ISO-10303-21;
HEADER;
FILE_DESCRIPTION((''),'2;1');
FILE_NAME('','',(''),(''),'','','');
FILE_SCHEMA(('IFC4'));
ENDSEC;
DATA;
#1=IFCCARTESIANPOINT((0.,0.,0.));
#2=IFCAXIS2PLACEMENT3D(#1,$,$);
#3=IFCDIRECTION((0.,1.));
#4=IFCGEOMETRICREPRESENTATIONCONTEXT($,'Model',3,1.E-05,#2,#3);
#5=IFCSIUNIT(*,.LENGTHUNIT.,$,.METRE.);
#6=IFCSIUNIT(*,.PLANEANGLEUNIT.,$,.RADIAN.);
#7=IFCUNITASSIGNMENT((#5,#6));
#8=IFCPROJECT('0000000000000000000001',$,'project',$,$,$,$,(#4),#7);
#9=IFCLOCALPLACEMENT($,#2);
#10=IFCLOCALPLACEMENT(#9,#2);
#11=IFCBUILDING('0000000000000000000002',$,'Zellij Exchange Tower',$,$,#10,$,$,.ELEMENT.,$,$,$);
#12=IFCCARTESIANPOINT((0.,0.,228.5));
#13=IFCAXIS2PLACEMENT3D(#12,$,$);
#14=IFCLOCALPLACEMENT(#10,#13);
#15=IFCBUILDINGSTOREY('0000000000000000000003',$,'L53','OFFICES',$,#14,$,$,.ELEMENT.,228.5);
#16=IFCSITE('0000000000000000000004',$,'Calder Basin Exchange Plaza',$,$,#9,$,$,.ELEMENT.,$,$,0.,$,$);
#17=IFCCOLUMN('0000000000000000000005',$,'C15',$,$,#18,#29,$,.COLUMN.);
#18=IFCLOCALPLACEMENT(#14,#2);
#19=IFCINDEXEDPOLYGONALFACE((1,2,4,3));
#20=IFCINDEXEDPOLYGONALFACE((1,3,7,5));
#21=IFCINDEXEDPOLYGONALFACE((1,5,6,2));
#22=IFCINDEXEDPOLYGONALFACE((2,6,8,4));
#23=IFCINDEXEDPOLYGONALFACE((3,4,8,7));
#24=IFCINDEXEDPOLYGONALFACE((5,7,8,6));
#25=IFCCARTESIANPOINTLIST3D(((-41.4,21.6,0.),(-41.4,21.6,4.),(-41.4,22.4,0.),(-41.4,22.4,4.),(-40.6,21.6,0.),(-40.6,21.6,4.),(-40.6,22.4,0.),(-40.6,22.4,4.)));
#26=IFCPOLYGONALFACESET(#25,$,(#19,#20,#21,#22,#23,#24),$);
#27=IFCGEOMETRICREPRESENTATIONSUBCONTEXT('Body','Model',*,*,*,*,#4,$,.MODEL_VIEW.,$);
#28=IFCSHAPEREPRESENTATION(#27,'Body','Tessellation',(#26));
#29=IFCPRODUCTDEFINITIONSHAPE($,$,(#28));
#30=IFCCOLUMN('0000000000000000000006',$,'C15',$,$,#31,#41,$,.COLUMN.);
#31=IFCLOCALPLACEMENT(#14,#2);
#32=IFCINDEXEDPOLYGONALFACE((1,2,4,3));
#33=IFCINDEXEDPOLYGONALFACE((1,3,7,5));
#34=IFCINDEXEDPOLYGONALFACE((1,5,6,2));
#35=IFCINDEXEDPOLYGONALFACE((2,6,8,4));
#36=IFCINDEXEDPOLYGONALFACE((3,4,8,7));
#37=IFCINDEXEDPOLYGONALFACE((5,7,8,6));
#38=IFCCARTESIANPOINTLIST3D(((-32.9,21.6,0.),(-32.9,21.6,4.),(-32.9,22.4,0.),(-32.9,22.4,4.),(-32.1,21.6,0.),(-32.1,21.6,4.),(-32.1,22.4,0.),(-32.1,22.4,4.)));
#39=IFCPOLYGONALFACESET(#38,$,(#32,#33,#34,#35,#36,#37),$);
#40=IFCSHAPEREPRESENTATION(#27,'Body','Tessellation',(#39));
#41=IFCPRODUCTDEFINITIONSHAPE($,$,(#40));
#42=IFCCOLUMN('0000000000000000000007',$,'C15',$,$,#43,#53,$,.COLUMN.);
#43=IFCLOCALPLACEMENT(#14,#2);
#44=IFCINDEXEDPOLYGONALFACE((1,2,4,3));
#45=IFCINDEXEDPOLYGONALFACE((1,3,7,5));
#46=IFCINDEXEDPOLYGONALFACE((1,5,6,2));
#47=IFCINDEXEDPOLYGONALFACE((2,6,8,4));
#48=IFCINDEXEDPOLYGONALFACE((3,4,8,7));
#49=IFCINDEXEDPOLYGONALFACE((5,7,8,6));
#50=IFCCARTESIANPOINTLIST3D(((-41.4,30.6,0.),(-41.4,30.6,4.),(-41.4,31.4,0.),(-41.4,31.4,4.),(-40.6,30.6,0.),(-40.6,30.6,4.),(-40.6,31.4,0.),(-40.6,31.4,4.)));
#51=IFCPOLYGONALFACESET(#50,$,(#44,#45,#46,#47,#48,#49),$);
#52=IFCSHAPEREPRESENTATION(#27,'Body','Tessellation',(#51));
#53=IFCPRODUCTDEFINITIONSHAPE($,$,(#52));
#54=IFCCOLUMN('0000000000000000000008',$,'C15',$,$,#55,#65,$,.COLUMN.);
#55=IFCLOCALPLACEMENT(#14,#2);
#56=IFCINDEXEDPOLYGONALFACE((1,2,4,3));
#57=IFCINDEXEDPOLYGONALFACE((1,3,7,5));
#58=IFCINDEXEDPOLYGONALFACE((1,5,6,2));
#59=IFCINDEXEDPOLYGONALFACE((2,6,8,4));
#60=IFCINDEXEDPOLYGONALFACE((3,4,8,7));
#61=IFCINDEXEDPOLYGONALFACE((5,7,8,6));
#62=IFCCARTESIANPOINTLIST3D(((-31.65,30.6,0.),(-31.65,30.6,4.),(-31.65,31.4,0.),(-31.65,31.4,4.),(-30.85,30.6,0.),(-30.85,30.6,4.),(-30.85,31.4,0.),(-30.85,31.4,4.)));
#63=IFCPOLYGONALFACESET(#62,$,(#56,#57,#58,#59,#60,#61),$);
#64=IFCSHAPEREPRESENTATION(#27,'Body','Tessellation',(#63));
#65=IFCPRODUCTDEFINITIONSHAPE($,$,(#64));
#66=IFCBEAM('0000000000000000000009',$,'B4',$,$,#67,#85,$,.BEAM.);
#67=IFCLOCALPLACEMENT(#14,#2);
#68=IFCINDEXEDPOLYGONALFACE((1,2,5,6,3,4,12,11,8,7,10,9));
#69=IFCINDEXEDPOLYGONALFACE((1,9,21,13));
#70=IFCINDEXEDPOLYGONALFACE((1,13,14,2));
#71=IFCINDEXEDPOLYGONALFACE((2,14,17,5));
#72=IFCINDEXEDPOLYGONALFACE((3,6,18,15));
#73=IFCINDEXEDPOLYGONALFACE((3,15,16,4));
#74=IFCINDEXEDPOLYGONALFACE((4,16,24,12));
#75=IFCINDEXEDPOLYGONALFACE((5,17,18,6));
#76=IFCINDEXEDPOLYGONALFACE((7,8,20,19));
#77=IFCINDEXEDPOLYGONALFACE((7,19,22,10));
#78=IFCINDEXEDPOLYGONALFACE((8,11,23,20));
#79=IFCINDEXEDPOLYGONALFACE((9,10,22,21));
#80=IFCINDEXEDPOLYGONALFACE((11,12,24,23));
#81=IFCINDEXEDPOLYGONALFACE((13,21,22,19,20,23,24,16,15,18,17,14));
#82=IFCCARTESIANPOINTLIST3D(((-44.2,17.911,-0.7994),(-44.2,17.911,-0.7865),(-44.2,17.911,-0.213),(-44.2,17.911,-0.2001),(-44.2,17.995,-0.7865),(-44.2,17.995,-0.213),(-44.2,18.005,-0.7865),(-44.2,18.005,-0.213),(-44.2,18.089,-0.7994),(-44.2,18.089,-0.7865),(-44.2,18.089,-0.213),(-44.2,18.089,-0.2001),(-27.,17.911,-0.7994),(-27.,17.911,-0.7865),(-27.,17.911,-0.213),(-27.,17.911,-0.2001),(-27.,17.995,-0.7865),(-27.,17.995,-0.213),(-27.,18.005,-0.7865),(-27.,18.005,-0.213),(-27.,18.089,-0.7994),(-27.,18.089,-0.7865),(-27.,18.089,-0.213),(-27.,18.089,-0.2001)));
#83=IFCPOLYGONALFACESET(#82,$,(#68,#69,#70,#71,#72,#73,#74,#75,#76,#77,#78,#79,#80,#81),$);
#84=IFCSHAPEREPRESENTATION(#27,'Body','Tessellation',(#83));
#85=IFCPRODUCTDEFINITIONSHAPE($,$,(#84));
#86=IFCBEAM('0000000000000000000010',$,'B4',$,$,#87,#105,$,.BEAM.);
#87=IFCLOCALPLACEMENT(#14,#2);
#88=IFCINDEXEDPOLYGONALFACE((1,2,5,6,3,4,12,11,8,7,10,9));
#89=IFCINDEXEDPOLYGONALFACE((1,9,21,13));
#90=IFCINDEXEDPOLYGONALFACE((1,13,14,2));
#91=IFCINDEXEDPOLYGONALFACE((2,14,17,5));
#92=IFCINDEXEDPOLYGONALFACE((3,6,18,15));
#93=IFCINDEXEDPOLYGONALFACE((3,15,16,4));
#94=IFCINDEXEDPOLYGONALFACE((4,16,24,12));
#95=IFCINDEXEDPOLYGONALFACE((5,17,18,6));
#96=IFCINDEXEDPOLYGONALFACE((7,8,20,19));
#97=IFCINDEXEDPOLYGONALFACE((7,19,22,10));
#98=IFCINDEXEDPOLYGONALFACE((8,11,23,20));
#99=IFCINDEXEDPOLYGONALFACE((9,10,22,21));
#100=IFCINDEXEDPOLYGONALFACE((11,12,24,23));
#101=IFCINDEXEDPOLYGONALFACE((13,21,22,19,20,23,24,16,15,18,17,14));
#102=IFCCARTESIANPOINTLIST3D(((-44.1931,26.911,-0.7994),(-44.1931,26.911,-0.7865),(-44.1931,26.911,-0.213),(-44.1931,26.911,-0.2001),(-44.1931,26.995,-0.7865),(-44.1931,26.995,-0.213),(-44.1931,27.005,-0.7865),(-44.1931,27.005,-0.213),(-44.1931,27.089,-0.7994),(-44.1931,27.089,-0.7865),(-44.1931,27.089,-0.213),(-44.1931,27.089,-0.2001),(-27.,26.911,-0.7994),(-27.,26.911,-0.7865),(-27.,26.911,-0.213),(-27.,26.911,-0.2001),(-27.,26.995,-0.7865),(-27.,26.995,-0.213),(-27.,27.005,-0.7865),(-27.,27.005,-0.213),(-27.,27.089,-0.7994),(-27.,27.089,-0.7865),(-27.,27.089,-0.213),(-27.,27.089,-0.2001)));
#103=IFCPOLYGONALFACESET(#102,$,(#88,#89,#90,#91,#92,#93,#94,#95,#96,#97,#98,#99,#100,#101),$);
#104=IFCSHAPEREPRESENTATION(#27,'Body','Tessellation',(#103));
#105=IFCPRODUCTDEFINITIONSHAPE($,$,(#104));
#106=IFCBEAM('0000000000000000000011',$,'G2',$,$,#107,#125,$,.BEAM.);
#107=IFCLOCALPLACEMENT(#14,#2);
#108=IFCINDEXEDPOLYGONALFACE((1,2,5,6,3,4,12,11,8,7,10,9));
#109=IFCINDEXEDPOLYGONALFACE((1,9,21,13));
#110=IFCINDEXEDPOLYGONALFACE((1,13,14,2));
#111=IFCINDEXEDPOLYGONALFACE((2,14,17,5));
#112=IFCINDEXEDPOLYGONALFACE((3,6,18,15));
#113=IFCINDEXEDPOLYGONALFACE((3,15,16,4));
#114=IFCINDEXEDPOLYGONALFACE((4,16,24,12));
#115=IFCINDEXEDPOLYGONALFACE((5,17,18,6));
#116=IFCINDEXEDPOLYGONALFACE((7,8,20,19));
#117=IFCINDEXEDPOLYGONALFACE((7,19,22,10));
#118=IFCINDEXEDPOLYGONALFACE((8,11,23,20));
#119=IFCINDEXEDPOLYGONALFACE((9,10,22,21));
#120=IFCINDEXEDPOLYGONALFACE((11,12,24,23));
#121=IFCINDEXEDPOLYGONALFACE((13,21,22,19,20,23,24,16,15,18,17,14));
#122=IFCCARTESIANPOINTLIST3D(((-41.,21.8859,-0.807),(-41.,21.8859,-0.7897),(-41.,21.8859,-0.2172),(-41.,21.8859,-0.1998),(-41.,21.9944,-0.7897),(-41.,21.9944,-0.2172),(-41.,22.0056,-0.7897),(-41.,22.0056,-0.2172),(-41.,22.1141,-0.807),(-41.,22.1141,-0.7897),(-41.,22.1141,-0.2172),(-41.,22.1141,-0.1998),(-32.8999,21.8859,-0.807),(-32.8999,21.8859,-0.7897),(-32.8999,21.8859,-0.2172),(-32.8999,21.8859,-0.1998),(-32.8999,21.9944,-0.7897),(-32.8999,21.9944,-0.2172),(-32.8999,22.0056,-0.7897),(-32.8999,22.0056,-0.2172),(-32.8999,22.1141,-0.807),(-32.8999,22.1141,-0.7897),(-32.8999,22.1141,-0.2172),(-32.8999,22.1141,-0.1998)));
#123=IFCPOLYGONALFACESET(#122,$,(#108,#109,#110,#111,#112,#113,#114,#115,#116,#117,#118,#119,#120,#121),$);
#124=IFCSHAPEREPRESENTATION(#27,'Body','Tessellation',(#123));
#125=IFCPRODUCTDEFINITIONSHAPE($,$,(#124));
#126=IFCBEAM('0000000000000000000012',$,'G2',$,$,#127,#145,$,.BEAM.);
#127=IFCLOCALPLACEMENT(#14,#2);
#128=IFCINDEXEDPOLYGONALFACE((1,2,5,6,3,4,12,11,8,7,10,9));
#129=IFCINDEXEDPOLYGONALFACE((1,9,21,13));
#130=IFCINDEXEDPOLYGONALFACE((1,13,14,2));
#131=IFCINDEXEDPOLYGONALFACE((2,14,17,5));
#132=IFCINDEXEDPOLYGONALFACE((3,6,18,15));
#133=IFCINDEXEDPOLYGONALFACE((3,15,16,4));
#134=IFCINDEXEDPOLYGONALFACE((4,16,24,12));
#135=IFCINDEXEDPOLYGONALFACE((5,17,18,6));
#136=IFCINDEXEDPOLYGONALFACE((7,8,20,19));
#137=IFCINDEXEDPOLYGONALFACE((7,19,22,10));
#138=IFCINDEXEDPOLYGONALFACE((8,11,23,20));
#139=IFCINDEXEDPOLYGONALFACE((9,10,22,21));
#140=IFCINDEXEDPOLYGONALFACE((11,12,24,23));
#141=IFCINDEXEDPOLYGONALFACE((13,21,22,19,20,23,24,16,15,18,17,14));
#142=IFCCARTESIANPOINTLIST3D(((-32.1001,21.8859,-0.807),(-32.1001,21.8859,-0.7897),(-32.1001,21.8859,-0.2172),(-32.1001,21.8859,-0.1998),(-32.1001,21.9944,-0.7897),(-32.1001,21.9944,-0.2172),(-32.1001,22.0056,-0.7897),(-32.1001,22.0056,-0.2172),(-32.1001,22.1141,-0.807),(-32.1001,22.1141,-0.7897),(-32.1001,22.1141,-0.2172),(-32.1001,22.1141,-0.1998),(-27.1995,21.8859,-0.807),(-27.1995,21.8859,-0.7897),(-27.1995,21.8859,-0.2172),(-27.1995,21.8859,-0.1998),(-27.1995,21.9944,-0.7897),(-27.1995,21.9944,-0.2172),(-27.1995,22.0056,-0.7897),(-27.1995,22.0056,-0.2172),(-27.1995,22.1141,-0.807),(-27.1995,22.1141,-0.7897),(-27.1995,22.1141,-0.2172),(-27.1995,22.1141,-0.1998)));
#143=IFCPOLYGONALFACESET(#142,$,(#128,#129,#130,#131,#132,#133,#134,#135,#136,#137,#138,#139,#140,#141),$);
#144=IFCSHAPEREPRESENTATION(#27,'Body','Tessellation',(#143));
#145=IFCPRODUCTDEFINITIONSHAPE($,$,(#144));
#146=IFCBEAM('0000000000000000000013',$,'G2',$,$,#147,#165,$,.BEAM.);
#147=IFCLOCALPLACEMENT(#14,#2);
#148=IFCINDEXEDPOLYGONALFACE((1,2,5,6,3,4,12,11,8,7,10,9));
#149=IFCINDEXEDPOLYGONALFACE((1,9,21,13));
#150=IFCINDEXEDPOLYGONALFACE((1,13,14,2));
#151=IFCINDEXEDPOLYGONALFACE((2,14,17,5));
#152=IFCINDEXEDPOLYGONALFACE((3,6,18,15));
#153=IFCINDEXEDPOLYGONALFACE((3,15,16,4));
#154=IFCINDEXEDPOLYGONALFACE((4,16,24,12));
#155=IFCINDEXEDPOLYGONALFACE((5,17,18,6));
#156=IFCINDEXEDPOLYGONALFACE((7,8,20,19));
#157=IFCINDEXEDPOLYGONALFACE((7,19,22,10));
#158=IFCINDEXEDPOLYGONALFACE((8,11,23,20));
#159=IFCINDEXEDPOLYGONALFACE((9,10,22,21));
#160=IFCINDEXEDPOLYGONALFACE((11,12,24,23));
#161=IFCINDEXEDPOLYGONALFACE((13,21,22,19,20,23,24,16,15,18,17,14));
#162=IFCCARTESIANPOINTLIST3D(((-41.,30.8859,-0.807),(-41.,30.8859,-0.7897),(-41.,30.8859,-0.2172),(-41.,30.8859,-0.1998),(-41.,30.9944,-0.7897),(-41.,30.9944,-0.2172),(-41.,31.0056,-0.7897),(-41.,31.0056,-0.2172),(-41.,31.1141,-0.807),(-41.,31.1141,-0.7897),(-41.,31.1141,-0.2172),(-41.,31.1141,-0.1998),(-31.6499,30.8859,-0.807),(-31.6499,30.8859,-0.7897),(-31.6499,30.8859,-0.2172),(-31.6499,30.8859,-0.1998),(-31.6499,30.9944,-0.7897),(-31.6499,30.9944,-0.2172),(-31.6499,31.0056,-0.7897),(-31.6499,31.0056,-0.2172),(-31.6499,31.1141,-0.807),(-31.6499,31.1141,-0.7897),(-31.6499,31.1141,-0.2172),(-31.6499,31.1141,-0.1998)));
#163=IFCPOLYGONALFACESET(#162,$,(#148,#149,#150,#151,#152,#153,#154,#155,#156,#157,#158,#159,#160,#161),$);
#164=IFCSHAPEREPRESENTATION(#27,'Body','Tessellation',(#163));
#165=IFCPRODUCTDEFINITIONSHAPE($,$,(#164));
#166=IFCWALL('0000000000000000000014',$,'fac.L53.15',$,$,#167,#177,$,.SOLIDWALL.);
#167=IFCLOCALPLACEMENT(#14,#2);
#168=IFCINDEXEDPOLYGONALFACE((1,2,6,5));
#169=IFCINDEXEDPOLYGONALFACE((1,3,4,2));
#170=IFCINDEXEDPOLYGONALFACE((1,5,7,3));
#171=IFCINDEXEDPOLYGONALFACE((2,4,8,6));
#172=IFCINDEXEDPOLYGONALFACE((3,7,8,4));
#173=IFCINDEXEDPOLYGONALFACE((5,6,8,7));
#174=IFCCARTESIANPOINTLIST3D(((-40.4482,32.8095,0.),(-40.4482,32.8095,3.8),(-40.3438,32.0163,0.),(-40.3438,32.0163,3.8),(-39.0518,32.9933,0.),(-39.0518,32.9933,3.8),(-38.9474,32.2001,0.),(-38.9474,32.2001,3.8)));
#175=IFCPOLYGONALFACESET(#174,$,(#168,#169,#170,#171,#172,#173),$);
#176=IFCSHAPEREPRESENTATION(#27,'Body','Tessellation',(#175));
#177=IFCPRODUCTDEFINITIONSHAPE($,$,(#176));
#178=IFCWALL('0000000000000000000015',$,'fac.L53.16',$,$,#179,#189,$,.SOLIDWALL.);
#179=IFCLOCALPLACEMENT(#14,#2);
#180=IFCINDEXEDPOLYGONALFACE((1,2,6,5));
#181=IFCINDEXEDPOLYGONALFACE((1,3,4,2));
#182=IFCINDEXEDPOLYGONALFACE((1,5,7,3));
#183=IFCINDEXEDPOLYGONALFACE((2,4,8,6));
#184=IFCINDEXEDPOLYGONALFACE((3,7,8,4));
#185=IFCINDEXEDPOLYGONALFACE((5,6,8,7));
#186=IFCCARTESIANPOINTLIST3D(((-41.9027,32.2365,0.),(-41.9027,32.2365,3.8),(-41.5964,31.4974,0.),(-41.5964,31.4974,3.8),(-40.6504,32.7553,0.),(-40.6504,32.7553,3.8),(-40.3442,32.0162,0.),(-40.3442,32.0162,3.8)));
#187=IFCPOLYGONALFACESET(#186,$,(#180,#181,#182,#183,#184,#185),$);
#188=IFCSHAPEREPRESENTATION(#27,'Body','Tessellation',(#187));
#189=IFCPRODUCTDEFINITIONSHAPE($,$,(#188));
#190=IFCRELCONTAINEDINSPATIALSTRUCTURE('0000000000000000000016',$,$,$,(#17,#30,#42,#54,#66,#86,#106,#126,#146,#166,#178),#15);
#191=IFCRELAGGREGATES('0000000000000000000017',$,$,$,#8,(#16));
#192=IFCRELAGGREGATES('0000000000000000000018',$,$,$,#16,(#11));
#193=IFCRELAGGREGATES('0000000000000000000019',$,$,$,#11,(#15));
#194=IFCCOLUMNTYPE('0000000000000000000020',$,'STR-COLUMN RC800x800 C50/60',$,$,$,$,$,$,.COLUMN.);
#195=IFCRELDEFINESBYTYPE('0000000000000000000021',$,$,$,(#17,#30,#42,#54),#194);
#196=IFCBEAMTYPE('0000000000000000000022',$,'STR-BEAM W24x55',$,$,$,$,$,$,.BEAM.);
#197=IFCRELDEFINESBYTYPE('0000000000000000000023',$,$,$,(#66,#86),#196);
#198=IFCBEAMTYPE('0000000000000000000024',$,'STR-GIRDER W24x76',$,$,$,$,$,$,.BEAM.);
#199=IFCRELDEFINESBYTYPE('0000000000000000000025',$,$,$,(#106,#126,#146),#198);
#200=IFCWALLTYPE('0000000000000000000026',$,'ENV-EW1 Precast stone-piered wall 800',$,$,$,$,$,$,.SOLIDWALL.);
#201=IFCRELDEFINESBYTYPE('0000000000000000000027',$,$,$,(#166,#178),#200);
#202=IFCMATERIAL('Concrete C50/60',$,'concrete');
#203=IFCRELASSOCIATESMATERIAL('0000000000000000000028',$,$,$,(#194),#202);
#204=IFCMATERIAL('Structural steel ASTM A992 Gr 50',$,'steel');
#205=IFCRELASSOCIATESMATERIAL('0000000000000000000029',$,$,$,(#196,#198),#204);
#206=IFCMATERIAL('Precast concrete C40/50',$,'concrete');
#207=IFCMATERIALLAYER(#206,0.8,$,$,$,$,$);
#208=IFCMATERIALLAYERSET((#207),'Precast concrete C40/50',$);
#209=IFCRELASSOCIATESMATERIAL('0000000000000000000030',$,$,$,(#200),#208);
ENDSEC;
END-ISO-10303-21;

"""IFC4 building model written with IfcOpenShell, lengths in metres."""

from ifc_helpers import new_model, si_unit, direction, frame, frame_2d, origin, origin_2d, place, context, subcontext, project, spatial, rectangle, i_section, extrude, material, layer, layer_set, material_profile, profile_set, type_object, element, save


model = new_model("IFC4")

# Units and contexts
model_context = context("Model", 3, precision=1e-05, world=origin(), true_north=direction((0.0, 1.0)))
body_context = subcontext(model_context, "Body", "Model", "MODEL_VIEW")
ifc_project = project(units=[si_unit("LENGTHUNIT", "METRE"), si_unit("PLANEANGLEUNIT", "RADIAN")], contexts=[model_context])

# Site, building, storey
site_placement = place(None, origin())
site = spatial("IfcSite", under=ifc_project, at=site_placement, Name="Calder Basin Exchange Plaza", CompositionType="ELEMENT", RefElevation=0.0)
building_placement = place(site_placement, origin())
building = spatial("IfcBuilding", under=site, at=building_placement, Name="Zellij Exchange Tower", CompositionType="ELEMENT")
storey_placement = place(building_placement, frame((0.0, 0.0, 228.5)))
storey = spatial("IfcBuildingStorey", under=building, at=storey_placement, Name="L53", Description="OFFICES", CompositionType="ELEMENT", Elevation=228.5)

# Columns
ifc_material_1 = material(Name="Concrete C50/60", Category="concrete")
ifc_material_profile_1 = material_profile(ifc_material_1, rectangle(XDim=0.8, YDim=0.8, at=origin_2d()), Name="STR-COLUMN RC800x800 C50/60")
ifc_profile_set_1 = profile_set([ifc_material_profile_1], Name="Concrete C50/60")
column_type = type_object("IfcColumnType", Name="STR-COLUMN RC800x800 C50/60", PredefinedType="COLUMN", material=ifc_profile_set_1)
for number, where, z_axis, x_axis, name in (
    (1, (-41.0, 22.0, 0.0), (0.0, 0.0, 1.0), (1.0, 0.0, 0.0), "C15"),
    (2, (-32.5, 22.0, 0.0), (0.0, 0.0, 1.0), (1.0, 0.0, 0.0), "C15"),
    (3, (-41.0, 31.0, 0.0), (0.0, 0.0, 1.0), (1.0, 0.0, 0.0), "C15"),
    (4, (-31.25, 31.0, 0.0), (0.0, 0.0, 1.0), (1.0, 0.0, 0.0), "C15"),
):
    element("IfcColumn", number, at=place(storey_placement, frame(where, z_axis=z_axis, x_axis=x_axis)), inside=storey, type_object=column_type, Name=name, PredefinedType="COLUMN", context=body_context, shape_type="SweptSolid", body=[
        extrude(rectangle(XDim=0.8, YDim=0.8, at=origin_2d()), origin(), (0.0, 0.0, 1.0), 4.0),
    ])

# Beams
ifc_material_2 = material(Name="Structural steel ASTM A992 Gr 50", Category="steel")
ifc_material_profile_2 = material_profile(ifc_material_2, i_section(OverallWidth=0.178, OverallDepth=0.5994, WebThickness=0.01, FlangeThickness=0.0129, at=origin_2d()), Name="W24x55")
ifc_profile_set_2 = profile_set([ifc_material_profile_2], Name="Structural steel ASTM A992 Gr 50")
beam_type_1 = type_object("IfcBeamType", Name="STR-BEAM W24x55", PredefinedType="BEAM", material=ifc_profile_set_2)
beam_1_placement = place(storey_placement, frame((-44.2, 18.0, -0.4998), z_axis=(1.0, 0.0, 0.0), x_axis=(0.0, 1.0, 0.0)))
element("IfcBeam", 5, at=beam_1_placement, inside=storey, type_object=beam_type_1, Name="B4", PredefinedType="BEAM", context=body_context, shape_type="SweptSolid", body=[
    extrude(i_section(OverallWidth=0.178, OverallDepth=0.5994, WebThickness=0.01, FlangeThickness=0.0129, at=origin_2d()), origin(), (0.0, 0.0, 1.0), 17.2),
])
beam_2_placement = place(storey_placement, frame((-44.1931, 27.0, -0.4998), z_axis=(1.0, 0.0, 0.0), x_axis=(0.0, 1.0, 0.0)))
element("IfcBeam", 6, at=beam_2_placement, inside=storey, type_object=beam_type_1, Name="B4", PredefinedType="BEAM", context=body_context, shape_type="SweptSolid", body=[
    extrude(i_section(OverallWidth=0.178, OverallDepth=0.5994, WebThickness=0.01, FlangeThickness=0.0129, at=origin_2d()), origin(), (0.0, 0.0, 1.0), 17.1931),
])
ifc_material_profile_3 = material_profile(ifc_material_2, i_section(OverallWidth=0.2283, OverallDepth=0.6072, WebThickness=0.0112, FlangeThickness=0.0173, at=origin_2d()), Name="W24x76")
ifc_profile_set_3 = profile_set([ifc_material_profile_3], Name="Structural steel ASTM A992 Gr 50")
beam_type_2 = type_object("IfcBeamType", Name="STR-GIRDER W24x76", PredefinedType="BEAM", material=ifc_profile_set_3)
beam_3_placement = place(storey_placement, frame((-41.0, 22.0, -0.5034), z_axis=(1.0, 0.0, 0.0), x_axis=(0.0, 1.0, 0.0)))
element("IfcBeam", 7, at=beam_3_placement, inside=storey, type_object=beam_type_2, Name="G2", PredefinedType="BEAM", context=body_context, shape_type="SweptSolid", body=[
    extrude(i_section(OverallWidth=0.2283, OverallDepth=0.6072, WebThickness=0.0112, FlangeThickness=0.0173, at=origin_2d()), origin(), (0.0, 0.0, 1.0), 8.1001),
])
beam_4_placement = place(storey_placement, frame((-32.1001, 22.0, -0.5034), z_axis=(1.0, 0.0, 0.0), x_axis=(0.0, 1.0, 0.0)))
element("IfcBeam", 8, at=beam_4_placement, inside=storey, type_object=beam_type_2, Name="G2", PredefinedType="BEAM", context=body_context, shape_type="SweptSolid", body=[
    extrude(i_section(OverallWidth=0.2283, OverallDepth=0.6072, WebThickness=0.0112, FlangeThickness=0.0173, at=origin_2d()), origin(), (0.0, 0.0, 1.0), 4.9006),
])
beam_5_placement = place(storey_placement, frame((-41.0, 31.0, -0.5034), z_axis=(1.0, 0.0, 0.0), x_axis=(0.0, 1.0, 0.0)))
element("IfcBeam", 9, at=beam_5_placement, inside=storey, type_object=beam_type_2, Name="G2", PredefinedType="BEAM", context=body_context, shape_type="SweptSolid", body=[
    extrude(i_section(OverallWidth=0.2283, OverallDepth=0.6072, WebThickness=0.0112, FlangeThickness=0.0173, at=origin_2d()), origin(), (0.0, 0.0, 1.0), 9.3501),
])

# Walls
ifc_material_3 = material(Name="Precast concrete C40/50", Category="concrete")
ifc_layer_1 = layer(ifc_material_3, 0.8)
ifc_layer_set_1 = layer_set([ifc_layer_1], Name="Precast concrete C40/50")
wall_type_1 = type_object("IfcWallType", Name="ENV-EW1 Precast stone-piered wall 800", PredefinedType="SOLIDWALL", material=ifc_layer_set_1)
wall_1_placement = place(storey_placement, frame((-38.9998, 32.5967, 0.0), z_axis=(0.0, 0.0, 1.0), x_axis=(-0.991446, -0.130517, 0.0)))
element("IfcWall", 10, at=wall_1_placement, inside=storey, type_object=wall_type_1, Name="fac.L53.15", PredefinedType="SOLIDWALL", context=body_context, shape_type="SweptSolid", body=[
    extrude(rectangle(XDim=1.4084, YDim=0.8, at=frame_2d((0.7041, 0.0))), origin(), (0.0, 0.0, 1.0), 3.8),
])
wall_2_placement = place(storey_placement, frame((-40.4973, 32.3857, 0.0), z_axis=(0.0, 0.0, 1.0), x_axis=(-0.923848, -0.38276, 0.0)))
element("IfcWall", 11, at=wall_2_placement, inside=storey, type_object=wall_type_1, Name="fac.L53.16", PredefinedType="SOLIDWALL", context=body_context, shape_type="SweptSolid", body=[
    extrude(rectangle(XDim=1.3555, YDim=0.8, at=frame_2d((0.6777, 0.0))), origin(), (0.0, 0.0, 1.0), 3.8),
])

save(model, "model.ifc")
